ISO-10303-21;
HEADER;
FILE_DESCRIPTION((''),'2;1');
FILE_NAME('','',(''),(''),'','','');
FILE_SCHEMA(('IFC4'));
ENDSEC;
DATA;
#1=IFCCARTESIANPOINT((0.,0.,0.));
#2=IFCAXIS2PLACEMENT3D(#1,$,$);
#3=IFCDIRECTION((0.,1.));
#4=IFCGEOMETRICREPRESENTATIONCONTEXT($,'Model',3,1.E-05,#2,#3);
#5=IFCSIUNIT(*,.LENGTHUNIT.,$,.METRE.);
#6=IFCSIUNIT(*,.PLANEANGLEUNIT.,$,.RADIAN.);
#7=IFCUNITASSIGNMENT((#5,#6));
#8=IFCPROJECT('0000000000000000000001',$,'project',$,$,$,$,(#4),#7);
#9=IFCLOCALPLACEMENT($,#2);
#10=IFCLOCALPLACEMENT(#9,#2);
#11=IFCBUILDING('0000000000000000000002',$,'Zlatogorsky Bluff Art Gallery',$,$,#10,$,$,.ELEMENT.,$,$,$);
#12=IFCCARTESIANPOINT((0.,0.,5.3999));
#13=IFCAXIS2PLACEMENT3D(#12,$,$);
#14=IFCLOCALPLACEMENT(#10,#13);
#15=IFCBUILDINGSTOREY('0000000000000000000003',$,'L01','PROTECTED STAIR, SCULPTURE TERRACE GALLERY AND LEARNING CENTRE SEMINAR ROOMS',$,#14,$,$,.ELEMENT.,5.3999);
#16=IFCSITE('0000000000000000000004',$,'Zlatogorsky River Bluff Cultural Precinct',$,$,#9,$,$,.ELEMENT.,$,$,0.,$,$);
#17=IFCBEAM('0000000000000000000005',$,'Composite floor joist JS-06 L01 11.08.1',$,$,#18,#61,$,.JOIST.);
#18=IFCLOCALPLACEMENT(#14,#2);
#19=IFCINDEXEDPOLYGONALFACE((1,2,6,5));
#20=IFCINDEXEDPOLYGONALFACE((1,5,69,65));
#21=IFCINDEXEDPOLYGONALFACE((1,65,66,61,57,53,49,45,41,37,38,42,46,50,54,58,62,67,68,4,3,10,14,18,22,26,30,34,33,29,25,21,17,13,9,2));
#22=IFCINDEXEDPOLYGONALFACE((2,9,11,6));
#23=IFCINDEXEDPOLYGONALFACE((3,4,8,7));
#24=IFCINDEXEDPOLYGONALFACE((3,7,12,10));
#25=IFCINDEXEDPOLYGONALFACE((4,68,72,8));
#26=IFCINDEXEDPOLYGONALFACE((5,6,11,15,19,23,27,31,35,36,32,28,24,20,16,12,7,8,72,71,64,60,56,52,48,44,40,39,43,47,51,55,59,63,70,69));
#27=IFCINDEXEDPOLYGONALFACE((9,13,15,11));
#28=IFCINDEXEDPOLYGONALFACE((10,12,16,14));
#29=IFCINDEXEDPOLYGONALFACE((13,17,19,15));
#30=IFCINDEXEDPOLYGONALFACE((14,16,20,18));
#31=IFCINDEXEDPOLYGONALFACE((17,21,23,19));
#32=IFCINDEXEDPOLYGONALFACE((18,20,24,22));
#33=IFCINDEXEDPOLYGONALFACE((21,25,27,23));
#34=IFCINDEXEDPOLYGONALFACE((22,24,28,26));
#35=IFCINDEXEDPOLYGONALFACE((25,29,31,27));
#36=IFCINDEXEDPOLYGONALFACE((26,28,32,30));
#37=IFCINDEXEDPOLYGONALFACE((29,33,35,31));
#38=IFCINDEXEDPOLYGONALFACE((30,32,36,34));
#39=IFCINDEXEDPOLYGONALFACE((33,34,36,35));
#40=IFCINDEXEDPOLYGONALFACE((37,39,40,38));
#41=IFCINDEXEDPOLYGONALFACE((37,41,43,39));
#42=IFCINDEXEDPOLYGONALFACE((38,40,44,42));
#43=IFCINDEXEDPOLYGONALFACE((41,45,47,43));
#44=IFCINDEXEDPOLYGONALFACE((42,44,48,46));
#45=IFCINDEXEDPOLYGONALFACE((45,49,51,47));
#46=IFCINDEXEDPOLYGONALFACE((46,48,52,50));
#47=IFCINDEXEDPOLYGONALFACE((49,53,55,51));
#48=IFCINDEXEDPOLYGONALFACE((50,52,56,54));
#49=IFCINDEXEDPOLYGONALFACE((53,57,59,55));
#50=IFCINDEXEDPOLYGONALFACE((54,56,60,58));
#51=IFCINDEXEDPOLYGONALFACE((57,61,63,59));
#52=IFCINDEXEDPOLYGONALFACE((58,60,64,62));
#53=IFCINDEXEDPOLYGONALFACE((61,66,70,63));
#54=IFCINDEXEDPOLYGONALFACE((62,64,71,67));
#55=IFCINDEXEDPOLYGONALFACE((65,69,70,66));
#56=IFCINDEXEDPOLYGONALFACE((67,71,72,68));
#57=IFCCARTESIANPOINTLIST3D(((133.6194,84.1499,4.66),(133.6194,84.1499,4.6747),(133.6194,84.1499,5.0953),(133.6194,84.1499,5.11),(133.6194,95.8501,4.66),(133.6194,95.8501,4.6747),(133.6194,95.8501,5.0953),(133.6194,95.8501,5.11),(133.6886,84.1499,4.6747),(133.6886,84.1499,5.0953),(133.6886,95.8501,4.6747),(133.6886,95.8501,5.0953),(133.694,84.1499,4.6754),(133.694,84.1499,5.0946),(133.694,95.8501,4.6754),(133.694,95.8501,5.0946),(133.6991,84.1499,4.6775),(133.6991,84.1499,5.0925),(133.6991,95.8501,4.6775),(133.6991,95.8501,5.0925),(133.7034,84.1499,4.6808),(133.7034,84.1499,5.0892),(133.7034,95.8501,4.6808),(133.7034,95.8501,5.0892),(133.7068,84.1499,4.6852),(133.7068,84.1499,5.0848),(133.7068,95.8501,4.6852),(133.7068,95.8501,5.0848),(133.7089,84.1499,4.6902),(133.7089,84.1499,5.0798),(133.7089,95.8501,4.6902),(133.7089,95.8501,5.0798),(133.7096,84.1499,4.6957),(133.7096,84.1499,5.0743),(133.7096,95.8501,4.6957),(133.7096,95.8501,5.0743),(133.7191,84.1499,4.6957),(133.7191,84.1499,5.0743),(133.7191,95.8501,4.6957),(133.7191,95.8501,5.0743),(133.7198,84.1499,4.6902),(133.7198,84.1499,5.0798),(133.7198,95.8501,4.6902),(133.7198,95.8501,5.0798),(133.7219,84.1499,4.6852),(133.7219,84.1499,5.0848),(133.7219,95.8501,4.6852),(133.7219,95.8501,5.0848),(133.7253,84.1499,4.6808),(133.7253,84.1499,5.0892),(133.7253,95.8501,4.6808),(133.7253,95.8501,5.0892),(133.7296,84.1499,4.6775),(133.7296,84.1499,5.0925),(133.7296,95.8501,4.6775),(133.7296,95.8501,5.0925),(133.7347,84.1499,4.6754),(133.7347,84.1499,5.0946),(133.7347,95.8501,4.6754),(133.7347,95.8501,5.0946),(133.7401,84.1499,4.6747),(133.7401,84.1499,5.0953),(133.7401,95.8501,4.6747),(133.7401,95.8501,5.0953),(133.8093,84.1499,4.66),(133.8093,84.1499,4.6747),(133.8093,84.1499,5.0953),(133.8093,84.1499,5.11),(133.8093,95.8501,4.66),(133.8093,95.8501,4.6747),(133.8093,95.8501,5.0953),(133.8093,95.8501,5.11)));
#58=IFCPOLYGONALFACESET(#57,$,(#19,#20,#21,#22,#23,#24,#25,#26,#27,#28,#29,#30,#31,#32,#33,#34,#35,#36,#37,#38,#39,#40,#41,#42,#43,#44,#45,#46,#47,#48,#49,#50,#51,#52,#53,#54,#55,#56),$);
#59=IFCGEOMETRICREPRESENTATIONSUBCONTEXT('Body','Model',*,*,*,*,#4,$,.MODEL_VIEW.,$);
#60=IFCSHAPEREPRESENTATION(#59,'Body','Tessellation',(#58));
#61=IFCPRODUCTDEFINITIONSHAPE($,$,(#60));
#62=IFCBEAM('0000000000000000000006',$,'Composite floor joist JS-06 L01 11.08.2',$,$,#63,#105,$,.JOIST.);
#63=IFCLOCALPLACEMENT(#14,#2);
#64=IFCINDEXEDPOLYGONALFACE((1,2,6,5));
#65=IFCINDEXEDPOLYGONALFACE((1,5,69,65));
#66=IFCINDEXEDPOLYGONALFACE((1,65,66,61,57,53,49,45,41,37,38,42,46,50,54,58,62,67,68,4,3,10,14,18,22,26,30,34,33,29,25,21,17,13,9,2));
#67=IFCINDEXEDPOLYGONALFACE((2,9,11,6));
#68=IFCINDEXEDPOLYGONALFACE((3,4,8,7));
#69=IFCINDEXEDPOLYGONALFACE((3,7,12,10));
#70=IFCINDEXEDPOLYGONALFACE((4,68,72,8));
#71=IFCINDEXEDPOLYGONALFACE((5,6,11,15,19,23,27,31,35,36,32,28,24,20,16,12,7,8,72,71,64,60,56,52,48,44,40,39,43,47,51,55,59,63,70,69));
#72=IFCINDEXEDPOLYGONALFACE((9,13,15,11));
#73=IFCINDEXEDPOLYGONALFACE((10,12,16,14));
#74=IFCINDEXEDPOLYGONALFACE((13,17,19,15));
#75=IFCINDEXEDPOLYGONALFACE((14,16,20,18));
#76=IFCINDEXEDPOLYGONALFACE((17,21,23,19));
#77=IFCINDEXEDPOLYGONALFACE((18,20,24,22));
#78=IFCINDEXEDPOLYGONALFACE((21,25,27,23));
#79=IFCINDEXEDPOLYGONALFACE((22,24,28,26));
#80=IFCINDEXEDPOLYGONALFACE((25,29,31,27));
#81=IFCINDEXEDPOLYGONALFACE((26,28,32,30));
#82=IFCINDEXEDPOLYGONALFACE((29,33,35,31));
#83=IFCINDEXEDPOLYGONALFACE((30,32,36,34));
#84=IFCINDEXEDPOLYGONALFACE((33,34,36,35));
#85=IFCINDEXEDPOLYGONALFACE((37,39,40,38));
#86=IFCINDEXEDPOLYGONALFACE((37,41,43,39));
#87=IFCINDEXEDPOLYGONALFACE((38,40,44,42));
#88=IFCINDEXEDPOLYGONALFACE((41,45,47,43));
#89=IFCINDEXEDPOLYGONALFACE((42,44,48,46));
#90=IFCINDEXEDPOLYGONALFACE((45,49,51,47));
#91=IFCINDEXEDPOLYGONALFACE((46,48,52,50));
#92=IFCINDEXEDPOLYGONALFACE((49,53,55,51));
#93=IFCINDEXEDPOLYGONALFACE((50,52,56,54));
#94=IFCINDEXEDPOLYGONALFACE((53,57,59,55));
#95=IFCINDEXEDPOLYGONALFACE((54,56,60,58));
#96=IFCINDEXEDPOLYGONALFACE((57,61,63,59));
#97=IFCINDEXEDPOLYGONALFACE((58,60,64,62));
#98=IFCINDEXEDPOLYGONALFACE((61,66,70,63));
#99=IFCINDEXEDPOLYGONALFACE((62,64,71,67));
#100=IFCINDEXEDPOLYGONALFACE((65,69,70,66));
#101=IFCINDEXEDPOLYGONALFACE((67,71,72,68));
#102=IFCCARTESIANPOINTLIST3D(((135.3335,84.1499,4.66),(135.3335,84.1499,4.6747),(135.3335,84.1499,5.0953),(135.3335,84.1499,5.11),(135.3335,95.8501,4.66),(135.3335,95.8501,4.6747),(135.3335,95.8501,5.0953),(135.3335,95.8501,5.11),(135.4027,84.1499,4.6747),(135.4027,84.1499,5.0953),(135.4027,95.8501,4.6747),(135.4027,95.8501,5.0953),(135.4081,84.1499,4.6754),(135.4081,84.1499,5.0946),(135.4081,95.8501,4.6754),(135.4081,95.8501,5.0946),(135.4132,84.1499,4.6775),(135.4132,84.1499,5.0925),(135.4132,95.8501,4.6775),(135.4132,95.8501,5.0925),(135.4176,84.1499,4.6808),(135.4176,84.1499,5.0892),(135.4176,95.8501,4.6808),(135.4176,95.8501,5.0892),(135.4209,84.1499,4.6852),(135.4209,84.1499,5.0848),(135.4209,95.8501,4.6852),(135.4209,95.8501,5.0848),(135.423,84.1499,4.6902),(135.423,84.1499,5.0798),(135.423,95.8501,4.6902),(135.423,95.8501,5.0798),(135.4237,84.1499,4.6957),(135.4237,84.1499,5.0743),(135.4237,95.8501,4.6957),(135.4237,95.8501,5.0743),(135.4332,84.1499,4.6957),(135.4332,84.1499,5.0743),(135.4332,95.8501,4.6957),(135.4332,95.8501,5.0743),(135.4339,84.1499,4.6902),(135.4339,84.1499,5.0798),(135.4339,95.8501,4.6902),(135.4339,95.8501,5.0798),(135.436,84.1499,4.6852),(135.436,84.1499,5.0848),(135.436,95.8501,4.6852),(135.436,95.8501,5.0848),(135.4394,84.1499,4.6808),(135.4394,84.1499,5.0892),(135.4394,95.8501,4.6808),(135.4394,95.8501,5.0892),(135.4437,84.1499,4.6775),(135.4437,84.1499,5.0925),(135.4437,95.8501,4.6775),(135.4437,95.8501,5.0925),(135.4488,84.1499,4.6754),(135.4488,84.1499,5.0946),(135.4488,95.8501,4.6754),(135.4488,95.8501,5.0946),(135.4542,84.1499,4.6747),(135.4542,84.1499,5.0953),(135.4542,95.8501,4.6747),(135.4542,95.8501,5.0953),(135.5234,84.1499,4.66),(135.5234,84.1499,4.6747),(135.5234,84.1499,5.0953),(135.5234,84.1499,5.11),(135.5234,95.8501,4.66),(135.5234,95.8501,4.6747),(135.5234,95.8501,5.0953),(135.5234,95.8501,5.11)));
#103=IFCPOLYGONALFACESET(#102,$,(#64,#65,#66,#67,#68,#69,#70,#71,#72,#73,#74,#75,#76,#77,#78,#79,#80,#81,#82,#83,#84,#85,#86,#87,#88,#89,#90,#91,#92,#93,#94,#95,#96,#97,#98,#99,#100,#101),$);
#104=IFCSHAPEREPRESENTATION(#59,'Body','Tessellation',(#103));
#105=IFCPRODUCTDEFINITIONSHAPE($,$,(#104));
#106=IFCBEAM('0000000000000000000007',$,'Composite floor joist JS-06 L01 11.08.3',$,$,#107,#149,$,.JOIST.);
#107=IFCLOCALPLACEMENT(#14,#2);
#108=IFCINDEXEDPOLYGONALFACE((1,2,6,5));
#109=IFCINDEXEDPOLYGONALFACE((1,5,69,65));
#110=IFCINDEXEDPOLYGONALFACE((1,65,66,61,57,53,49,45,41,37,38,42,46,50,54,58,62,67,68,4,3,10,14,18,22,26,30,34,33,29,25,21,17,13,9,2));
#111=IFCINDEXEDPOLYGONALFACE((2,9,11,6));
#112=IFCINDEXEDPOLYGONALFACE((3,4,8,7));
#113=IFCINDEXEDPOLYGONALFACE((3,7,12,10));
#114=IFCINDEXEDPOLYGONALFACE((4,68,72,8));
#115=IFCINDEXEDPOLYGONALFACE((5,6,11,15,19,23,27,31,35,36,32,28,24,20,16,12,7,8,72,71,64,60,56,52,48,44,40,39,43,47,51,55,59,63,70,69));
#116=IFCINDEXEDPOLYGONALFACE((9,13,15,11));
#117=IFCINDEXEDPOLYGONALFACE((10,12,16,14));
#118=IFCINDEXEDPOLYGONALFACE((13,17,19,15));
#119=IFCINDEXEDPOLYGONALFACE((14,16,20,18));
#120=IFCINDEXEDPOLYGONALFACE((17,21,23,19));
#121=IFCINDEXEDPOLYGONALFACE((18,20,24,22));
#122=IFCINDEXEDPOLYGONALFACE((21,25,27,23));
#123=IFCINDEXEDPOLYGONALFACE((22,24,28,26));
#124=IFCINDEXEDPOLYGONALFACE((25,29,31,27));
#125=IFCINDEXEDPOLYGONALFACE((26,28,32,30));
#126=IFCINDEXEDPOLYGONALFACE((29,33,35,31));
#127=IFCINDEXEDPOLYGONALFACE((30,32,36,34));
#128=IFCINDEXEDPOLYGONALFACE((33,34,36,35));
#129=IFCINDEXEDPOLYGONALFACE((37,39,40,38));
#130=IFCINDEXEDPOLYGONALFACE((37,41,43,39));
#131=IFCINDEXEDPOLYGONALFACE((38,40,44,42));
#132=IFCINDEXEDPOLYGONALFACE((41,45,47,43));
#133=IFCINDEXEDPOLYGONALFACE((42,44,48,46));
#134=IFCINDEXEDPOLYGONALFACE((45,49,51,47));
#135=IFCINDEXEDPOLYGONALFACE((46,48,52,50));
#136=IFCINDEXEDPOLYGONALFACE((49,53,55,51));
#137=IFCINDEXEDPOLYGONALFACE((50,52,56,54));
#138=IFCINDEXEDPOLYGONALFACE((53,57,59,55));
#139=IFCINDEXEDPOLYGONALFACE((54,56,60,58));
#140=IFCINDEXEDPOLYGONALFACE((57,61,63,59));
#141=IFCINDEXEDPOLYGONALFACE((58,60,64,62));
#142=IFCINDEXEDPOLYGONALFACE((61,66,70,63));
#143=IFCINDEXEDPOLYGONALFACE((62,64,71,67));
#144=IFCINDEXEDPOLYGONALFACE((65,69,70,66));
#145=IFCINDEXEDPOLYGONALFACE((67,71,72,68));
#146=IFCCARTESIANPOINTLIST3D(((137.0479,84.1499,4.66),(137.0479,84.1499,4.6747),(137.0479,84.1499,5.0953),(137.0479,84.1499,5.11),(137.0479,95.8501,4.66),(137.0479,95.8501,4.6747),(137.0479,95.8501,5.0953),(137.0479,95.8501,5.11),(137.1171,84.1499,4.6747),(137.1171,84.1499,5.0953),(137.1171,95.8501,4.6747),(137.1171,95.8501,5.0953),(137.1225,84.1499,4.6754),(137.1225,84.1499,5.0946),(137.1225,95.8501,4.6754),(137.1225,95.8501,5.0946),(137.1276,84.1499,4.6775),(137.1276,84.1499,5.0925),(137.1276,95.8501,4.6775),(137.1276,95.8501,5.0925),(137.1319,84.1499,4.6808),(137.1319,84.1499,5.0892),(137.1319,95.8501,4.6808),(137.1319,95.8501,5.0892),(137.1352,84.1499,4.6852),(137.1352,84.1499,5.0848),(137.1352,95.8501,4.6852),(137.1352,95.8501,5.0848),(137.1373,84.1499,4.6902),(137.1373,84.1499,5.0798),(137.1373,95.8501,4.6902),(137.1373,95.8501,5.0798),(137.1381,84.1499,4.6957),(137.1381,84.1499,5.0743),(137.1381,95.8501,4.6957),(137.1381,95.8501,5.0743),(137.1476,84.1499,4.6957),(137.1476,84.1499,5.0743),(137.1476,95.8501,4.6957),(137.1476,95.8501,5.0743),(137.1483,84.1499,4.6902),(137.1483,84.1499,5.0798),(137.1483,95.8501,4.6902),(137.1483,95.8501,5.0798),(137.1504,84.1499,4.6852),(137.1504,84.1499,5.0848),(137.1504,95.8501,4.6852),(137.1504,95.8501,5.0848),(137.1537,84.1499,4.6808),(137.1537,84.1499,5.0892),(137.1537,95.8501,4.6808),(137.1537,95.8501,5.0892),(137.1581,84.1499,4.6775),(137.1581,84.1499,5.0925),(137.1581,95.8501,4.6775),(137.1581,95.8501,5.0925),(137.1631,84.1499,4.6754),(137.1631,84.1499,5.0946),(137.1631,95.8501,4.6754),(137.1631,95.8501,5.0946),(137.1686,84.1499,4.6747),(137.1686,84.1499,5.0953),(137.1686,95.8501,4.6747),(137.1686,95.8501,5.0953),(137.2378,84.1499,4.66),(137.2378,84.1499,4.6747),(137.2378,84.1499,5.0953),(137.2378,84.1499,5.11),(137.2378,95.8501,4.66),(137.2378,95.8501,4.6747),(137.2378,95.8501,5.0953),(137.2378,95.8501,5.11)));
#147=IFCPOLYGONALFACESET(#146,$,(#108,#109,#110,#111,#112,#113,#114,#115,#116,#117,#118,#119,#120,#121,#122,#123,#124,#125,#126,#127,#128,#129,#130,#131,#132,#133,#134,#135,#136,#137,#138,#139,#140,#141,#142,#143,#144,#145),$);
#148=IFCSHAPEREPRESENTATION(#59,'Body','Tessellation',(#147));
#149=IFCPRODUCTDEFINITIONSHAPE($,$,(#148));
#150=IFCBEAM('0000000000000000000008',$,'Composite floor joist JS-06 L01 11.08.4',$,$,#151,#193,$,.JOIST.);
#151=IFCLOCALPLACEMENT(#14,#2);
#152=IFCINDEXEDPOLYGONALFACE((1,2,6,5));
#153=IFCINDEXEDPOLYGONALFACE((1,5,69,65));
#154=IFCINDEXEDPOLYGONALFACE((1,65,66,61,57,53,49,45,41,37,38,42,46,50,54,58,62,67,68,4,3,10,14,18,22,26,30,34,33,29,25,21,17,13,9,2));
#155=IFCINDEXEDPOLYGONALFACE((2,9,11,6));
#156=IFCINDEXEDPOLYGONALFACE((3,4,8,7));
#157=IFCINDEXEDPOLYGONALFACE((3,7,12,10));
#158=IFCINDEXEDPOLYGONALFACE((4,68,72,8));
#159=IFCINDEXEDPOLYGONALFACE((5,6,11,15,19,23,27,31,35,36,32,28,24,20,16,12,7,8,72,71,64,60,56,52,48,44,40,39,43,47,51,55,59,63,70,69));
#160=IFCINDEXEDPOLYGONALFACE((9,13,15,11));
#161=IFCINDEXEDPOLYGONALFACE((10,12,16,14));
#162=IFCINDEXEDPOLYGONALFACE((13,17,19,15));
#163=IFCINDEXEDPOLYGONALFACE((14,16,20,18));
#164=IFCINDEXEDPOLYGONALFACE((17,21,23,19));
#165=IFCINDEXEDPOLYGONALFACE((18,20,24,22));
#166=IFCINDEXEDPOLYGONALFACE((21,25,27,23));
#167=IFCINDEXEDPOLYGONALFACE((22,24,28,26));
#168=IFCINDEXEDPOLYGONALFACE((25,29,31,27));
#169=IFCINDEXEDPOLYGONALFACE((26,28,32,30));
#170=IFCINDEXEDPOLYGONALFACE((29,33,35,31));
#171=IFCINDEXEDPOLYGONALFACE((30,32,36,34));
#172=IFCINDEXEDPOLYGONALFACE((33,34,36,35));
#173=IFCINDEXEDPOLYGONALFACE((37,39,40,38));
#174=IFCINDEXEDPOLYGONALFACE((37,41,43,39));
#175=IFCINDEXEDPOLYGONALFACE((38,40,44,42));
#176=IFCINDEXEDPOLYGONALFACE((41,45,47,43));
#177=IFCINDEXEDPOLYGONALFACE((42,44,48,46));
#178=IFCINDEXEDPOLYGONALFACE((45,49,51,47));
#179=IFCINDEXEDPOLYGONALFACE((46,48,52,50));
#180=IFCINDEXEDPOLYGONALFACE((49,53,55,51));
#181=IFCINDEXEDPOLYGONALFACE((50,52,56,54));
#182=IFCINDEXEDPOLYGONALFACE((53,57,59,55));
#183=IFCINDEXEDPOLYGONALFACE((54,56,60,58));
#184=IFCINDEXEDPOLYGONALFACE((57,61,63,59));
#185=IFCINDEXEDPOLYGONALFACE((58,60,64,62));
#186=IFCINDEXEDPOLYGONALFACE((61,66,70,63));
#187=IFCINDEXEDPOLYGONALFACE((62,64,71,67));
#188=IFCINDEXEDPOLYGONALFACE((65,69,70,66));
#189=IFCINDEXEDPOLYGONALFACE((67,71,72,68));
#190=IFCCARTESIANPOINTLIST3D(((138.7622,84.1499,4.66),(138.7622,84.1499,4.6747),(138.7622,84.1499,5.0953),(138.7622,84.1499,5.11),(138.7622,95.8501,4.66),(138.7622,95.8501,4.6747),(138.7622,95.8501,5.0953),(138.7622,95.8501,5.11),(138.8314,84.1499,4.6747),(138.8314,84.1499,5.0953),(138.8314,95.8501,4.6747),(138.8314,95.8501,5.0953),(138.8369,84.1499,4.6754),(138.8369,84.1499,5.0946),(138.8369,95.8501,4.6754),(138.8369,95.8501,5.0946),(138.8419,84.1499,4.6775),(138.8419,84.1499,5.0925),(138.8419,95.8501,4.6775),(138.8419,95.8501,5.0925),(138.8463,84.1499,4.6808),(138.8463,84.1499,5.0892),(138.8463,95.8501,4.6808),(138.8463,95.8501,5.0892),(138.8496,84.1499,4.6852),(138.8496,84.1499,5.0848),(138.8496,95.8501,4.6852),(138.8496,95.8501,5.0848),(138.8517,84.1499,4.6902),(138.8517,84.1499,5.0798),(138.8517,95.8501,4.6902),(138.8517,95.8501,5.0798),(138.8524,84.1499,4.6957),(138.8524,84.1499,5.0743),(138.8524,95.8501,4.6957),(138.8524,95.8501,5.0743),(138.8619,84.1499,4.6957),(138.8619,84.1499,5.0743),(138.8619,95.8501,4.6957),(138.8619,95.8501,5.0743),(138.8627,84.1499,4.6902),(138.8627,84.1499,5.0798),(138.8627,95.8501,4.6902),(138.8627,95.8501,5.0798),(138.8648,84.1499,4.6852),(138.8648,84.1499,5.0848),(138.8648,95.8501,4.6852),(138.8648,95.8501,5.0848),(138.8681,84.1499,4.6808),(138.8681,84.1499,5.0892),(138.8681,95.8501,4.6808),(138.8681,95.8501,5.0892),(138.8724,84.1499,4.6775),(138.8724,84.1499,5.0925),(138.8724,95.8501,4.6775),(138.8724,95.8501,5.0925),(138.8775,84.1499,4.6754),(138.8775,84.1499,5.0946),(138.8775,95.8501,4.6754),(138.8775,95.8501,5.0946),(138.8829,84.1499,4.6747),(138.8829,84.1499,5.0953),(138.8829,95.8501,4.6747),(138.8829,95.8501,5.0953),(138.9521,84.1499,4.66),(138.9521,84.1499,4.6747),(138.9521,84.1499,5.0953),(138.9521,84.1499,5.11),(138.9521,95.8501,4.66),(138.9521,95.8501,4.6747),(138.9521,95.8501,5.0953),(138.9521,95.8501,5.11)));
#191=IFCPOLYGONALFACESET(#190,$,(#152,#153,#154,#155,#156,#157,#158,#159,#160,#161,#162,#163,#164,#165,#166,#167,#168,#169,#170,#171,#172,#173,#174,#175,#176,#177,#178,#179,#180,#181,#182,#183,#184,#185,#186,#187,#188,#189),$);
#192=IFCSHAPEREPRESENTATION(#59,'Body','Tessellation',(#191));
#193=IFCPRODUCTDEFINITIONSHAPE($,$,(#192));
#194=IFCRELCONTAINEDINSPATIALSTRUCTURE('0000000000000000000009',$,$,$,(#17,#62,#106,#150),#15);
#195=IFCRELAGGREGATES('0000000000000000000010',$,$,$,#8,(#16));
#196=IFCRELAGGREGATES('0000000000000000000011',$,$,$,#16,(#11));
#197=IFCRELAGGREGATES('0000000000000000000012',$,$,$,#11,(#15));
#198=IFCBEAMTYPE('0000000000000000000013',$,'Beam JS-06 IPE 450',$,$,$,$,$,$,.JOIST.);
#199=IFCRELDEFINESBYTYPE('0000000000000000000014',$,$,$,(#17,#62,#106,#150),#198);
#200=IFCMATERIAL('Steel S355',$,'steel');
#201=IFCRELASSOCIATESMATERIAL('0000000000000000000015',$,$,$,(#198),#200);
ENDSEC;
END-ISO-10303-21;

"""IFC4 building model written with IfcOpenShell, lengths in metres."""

from ifc_helpers import new_model, si_unit, direction, frame, origin, origin_2d, place, context, subcontext, project, spatial, i_section, extrude, material, material_profile, profile_set, type_object, element, save


model = new_model("IFC4")

# Units and contexts
model_context = context("Model", 3, precision=1e-05, world=origin(), true_north=direction((0.0, 1.0)))
body_context = subcontext(model_context, "Body", "Model", "MODEL_VIEW")
ifc_project = project(units=[si_unit("LENGTHUNIT", "METRE"), si_unit("PLANEANGLEUNIT", "RADIAN")], contexts=[model_context])

# Site, building, storey
site_placement = place(None, origin())
site = spatial("IfcSite", under=ifc_project, at=site_placement, Name="Zlatogorsky River Bluff Cultural Precinct", CompositionType="ELEMENT", RefElevation=0.0)
building_placement = place(site_placement, origin())
building = spatial("IfcBuilding", under=site, at=building_placement, Name="Zlatogorsky Bluff Art Gallery", CompositionType="ELEMENT")
storey_placement = place(building_placement, frame((0.0, 0.0, 5.3999)))
storey = spatial("IfcBuildingStorey", under=building, at=storey_placement, Name="L01", Description="PROTECTED STAIR, SCULPTURE TERRACE GALLERY AND LEARNING CENTRE SEMINAR ROOMS", CompositionType="ELEMENT", Elevation=5.3999)

# Shared definitions
ifc_material_1 = material(Name="Steel S355", Category="steel")

# Beams
ifc_material_profile_1 = material_profile(ifc_material_1, i_section(OverallWidth=0.1899, OverallDepth=0.45, WebThickness=0.0095, FlangeThickness=0.0146, FilletRadius=0.021, at=origin_2d()), Name="IPE 450")
ifc_profile_set_1 = profile_set([ifc_material_profile_1], Name="Steel S355")
beam_type_1 = type_object("IfcBeamType", Name="Beam JS-06 IPE 450", PredefinedType="JOIST", material=ifc_profile_set_1)
for number, where, z_axis, x_axis, name in (
    (1, (133.7144, 84.1499, 4.885), (0.0, 1.0, 0.0), (-1.0, 0.0, 0.0), "Composite floor joist JS-06 L01 11.08.1"),
    (2, (135.4285, 84.1499, 4.885), (0.0, 1.0, 0.0), (-1.0, 0.0, 0.0), "Composite floor joist JS-06 L01 11.08.2"),
    (3, (137.1428, 84.1499, 4.885), (0.0, 1.0, 0.0), (-1.0, 0.0, 0.0), "Composite floor joist JS-06 L01 11.08.3"),
    (4, (138.8572, 84.1499, 4.885), (0.0, 1.0, 0.0), (-1.0, 0.0, 0.0), "Composite floor joist JS-06 L01 11.08.4"),
):
    element("IfcBeam", number, at=place(storey_placement, frame(where, z_axis=z_axis, x_axis=x_axis)), inside=storey, type_object=beam_type_1, Name=name, PredefinedType="JOIST", context=body_context, shape_type="SweptSolid", body=[
        extrude(i_section(OverallWidth=0.1899, OverallDepth=0.45, WebThickness=0.0095, FlangeThickness=0.0146, FilletRadius=0.021, at=origin_2d()), origin(), (0.0, 0.0, 1.0), 11.7002),
    ])

save(model, "model.ifc")
